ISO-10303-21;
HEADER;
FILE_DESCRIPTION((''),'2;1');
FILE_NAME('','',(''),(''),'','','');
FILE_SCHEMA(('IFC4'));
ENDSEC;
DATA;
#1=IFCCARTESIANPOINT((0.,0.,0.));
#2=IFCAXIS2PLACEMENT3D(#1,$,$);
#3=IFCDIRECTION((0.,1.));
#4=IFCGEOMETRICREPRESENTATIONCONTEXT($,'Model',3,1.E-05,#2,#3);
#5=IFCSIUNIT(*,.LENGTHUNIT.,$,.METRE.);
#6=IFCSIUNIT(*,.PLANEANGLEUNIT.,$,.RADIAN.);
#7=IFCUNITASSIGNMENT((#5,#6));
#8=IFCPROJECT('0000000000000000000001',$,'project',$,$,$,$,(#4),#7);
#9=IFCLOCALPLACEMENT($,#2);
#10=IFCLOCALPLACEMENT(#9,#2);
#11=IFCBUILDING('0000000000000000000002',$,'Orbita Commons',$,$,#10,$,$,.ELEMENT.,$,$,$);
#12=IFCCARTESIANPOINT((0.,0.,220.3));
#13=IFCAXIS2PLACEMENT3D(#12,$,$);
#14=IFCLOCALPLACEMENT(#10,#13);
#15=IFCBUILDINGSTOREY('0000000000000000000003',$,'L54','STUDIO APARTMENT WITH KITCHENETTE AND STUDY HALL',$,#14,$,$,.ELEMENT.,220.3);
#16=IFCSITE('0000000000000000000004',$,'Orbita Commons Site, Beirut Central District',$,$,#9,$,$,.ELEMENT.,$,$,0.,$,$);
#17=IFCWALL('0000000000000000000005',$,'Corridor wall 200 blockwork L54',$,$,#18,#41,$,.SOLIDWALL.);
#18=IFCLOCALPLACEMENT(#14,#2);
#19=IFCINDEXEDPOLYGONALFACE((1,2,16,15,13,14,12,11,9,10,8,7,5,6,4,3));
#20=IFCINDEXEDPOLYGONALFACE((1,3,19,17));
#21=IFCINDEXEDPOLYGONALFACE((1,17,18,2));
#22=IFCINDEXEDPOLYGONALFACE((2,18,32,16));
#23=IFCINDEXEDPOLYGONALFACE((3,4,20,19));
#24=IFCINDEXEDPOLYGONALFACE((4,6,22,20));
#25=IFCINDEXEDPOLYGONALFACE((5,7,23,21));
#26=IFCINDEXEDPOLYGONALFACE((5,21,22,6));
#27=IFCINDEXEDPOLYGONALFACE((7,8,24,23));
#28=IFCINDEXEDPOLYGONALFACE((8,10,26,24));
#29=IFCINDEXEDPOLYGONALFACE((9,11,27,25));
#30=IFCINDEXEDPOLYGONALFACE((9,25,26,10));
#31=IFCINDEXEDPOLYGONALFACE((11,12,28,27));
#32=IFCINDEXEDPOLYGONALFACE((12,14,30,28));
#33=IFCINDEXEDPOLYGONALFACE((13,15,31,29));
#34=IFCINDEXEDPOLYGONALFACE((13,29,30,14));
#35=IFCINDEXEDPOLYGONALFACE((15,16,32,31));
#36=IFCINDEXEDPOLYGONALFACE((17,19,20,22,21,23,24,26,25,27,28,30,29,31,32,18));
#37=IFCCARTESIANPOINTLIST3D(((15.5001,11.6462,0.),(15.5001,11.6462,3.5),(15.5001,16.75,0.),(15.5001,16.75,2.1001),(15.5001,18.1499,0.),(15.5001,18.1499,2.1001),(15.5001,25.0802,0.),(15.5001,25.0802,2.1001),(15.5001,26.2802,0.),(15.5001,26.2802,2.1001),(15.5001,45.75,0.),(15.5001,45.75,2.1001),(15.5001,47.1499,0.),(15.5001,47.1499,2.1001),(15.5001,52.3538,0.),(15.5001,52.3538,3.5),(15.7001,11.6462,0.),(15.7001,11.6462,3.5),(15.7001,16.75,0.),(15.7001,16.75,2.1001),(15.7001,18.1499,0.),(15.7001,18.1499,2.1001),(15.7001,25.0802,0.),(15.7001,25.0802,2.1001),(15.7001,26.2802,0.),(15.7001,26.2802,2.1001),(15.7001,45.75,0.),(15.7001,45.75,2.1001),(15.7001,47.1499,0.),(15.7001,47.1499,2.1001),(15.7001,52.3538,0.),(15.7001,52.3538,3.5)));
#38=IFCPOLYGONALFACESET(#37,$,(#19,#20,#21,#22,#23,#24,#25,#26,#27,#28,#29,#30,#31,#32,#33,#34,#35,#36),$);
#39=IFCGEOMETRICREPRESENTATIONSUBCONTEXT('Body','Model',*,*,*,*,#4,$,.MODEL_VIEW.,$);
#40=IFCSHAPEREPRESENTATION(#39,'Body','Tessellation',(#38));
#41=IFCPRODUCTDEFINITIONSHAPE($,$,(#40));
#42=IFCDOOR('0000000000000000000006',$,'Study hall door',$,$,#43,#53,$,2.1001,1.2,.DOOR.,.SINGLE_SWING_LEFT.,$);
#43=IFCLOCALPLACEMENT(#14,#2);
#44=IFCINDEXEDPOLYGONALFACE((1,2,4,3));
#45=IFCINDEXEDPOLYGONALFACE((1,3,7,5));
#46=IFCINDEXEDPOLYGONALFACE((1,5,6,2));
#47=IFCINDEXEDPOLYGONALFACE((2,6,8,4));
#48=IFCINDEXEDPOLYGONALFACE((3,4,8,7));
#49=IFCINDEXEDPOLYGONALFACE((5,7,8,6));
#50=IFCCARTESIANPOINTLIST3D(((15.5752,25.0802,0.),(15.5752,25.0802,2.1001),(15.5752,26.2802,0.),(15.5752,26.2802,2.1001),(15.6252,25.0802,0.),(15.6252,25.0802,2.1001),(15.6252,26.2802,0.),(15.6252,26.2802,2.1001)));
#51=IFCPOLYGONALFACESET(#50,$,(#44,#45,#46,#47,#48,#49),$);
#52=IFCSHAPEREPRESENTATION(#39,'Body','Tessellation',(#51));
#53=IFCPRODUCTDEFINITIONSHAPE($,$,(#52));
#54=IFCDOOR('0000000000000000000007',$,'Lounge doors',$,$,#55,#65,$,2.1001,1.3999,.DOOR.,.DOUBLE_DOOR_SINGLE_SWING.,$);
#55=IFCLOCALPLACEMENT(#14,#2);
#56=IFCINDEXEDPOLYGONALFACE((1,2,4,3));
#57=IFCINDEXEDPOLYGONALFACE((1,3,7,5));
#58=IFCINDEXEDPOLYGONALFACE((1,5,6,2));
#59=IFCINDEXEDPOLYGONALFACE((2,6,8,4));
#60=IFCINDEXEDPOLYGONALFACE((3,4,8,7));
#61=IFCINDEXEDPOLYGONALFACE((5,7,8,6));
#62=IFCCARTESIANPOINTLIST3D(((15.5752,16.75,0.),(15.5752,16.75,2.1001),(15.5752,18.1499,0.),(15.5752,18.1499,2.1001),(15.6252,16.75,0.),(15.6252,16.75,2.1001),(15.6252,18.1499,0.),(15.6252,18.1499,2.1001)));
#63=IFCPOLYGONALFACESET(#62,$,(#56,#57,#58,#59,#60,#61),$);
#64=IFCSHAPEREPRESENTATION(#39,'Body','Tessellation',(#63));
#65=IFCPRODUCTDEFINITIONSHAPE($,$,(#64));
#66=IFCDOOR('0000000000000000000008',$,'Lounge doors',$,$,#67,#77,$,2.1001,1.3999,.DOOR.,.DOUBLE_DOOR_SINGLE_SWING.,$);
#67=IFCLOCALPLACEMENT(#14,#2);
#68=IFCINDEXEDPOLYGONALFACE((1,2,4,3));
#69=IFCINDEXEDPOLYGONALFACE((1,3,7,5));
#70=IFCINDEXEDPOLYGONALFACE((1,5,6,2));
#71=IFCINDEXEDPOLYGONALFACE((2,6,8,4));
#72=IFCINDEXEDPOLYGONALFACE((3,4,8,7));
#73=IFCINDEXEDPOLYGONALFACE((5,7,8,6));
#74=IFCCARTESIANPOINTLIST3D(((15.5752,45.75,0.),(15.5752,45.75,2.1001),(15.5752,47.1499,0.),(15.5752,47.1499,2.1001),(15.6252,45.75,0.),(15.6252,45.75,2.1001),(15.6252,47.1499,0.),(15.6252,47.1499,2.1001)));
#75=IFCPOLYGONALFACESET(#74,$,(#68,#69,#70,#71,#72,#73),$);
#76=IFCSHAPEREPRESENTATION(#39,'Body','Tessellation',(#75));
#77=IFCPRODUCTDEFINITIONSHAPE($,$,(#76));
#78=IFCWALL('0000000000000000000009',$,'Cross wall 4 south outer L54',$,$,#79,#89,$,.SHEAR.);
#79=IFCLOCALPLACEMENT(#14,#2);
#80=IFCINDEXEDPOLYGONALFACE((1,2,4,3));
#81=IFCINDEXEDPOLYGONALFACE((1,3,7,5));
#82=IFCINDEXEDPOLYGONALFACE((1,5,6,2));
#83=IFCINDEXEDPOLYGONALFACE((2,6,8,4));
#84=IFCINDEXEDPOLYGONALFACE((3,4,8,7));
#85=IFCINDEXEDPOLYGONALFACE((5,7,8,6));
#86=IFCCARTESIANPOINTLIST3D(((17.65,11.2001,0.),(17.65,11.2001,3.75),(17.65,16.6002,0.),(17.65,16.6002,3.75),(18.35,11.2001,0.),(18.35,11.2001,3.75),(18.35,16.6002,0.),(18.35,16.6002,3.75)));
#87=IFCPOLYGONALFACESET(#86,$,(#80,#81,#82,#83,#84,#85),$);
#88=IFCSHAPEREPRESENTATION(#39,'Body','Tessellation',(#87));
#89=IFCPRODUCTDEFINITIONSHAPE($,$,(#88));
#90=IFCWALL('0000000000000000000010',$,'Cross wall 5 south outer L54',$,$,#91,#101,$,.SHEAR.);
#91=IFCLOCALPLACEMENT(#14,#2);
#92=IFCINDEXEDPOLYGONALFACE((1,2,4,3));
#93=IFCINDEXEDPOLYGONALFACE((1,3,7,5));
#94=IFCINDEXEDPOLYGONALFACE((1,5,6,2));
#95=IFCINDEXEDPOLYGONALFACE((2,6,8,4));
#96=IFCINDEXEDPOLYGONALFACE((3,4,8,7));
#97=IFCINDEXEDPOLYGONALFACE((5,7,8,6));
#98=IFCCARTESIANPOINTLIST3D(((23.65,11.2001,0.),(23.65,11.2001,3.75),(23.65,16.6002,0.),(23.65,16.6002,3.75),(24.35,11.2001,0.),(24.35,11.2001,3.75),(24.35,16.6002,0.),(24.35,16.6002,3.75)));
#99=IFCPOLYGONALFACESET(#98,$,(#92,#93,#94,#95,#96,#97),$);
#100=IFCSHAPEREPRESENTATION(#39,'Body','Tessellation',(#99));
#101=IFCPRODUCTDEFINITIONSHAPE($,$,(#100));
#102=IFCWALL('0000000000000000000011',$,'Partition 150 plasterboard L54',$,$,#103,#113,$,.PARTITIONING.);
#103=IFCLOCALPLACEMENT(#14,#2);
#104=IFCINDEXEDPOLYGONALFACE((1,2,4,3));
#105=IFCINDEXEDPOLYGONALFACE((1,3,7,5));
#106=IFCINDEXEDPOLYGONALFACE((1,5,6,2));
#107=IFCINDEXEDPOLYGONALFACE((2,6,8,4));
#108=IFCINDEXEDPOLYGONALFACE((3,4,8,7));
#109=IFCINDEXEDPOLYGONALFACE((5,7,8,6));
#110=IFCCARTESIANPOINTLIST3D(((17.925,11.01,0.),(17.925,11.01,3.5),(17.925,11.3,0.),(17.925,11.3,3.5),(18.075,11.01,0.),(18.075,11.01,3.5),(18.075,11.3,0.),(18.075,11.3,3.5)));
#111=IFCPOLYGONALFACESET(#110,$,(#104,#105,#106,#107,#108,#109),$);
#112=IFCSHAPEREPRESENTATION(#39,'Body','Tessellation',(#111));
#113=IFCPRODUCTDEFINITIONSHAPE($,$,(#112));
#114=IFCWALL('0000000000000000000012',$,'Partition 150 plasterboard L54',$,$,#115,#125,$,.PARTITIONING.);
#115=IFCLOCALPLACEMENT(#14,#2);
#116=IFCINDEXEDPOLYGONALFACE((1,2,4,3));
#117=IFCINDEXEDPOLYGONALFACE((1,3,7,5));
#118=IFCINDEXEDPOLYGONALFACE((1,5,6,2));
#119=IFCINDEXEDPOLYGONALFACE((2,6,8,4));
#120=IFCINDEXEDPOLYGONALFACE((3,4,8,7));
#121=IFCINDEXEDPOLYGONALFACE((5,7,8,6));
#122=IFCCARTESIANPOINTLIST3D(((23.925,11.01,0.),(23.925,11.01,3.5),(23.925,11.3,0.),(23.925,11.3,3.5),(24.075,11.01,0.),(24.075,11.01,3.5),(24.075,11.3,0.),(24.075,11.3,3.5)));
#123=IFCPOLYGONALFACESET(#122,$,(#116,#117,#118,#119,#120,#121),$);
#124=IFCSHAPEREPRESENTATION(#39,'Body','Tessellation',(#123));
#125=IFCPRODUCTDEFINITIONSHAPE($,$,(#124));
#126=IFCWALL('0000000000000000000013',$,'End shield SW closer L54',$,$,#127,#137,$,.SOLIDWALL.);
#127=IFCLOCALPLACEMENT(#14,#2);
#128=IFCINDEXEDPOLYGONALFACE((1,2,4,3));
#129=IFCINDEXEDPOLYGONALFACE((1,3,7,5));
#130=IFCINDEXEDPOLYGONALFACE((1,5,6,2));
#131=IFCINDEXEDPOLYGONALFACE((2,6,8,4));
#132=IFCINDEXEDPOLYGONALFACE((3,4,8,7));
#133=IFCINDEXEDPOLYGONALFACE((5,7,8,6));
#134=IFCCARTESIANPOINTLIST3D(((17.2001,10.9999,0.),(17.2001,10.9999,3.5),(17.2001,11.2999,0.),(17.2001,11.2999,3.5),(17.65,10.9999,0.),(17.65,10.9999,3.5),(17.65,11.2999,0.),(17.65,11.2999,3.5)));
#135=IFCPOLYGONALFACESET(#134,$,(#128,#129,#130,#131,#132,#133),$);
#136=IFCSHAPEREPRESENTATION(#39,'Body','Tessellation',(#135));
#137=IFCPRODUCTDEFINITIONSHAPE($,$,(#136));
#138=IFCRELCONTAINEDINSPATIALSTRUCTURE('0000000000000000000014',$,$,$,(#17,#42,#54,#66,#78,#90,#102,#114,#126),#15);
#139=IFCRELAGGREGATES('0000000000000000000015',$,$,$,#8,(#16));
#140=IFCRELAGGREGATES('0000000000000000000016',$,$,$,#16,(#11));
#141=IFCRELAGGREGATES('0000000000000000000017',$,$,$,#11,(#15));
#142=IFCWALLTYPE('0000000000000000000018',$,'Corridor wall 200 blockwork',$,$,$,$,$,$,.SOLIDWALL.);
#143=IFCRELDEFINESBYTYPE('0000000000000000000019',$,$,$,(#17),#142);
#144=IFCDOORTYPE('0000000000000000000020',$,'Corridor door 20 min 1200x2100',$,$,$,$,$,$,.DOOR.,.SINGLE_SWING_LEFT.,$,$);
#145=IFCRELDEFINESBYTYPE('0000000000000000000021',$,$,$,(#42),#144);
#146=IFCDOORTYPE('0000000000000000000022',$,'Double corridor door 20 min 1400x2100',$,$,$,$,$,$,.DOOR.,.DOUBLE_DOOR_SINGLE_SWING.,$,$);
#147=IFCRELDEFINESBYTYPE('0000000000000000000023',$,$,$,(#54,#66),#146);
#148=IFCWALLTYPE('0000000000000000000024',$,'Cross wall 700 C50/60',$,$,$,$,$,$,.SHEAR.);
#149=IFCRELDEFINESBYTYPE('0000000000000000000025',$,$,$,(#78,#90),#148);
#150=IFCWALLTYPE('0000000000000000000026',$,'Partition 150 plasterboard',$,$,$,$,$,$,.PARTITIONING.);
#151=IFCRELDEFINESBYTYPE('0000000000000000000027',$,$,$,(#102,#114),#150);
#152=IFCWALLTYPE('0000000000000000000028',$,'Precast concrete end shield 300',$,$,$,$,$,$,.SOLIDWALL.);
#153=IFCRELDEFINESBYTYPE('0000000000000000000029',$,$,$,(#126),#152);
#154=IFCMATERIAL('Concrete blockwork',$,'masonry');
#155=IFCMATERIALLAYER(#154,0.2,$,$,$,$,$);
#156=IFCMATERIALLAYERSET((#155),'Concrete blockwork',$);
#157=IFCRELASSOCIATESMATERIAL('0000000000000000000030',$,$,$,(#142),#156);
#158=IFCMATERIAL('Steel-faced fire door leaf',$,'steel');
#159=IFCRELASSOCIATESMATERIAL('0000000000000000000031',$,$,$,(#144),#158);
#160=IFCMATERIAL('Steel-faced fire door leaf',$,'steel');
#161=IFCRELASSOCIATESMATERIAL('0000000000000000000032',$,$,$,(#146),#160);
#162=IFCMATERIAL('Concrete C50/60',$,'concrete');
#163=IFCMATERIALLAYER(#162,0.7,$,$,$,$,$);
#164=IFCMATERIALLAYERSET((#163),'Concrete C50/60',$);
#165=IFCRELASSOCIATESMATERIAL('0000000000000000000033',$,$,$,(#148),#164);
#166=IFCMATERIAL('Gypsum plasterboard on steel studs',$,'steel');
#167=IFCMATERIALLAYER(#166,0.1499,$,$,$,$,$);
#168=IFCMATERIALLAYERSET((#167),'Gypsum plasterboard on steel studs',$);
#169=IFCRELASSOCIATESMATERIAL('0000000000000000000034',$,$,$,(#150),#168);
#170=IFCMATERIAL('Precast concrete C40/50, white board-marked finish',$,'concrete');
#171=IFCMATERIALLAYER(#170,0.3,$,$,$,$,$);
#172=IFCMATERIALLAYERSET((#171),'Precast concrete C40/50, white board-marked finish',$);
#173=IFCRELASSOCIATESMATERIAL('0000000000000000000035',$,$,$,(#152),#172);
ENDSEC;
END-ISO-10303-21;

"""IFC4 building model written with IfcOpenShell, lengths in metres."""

from ifc_helpers import new_model, si_unit, direction, frame, frame_2d, origin, place, context, subcontext, project, spatial, rectangle, extrude, material, layer, layer_set, type_object, element, fill, save


model = new_model("IFC4")

# Units and contexts
model_context = context("Model", 3, precision=1e-05, world=origin(), true_north=direction((0.0, 1.0)))
body_context = subcontext(model_context, "Body", "Model", "MODEL_VIEW")
ifc_project = project(units=[si_unit("LENGTHUNIT", "METRE"), si_unit("PLANEANGLEUNIT", "RADIAN")], contexts=[model_context])

# Site, building, storey
site_placement = place(None, origin())
site = spatial("IfcSite", under=ifc_project, at=site_placement, Name="Orbita Commons Site, Beirut Central District", CompositionType="ELEMENT", RefElevation=0.0)
building_placement = place(site_placement, origin())
building = spatial("IfcBuilding", under=site, at=building_placement, Name="Orbita Commons", CompositionType="ELEMENT")
storey_placement = place(building_placement, frame((0.0, 0.0, 220.3)))
storey = spatial("IfcBuildingStorey", under=building, at=storey_placement, Name="L54", Description="STUDIO APARTMENT WITH KITCHENETTE AND STUDY HALL", CompositionType="ELEMENT", Elevation=220.3)

# Wall, openings, doors
ifc_material_1 = material(Name="Concrete blockwork", Category="masonry")
ifc_layer_1 = layer(ifc_material_1, 0.2)
ifc_layer_set_1 = layer_set([ifc_layer_1], Name="Concrete blockwork")
wall_type_1 = type_object("IfcWallType", Name="Corridor wall 200 blockwork", PredefinedType="SOLIDWALL", material=ifc_layer_set_1)
wall_1_placement = place(storey_placement, frame((15.6001, 11.6462, 0.0), z_axis=(0.0, 0.0, 1.0), x_axis=(0.0, 1.0, 0.0)))
wall_1 = element("IfcWall", 1, at=wall_1_placement, inside=storey, type_object=wall_type_1, Name="Corridor wall 200 blockwork L54", PredefinedType="SOLIDWALL", context=body_context, shape_type="SweptSolid", body=[
    extrude(rectangle(XDim=40.7075, YDim=0.2, at=frame_2d((20.3538, 0.0))), origin(), (0.0, 0.0, 1.0), 3.5),
])
opening_1_placement = place(wall_1_placement, frame((13.4338, 0.0, 0.0)))
opening_1 = element("IfcOpeningElement", 2, at=opening_1_placement, cuts=wall_1, PredefinedType="OPENING", context=body_context, shape_type="SweptSolid", body=[
    extrude(rectangle(XDim=1.2, YDim=2.1001, at=frame_2d((0.6001, 1.05))), frame((0.0, 0.1099, 0.0), z_axis=(0.0, -1.0, 0.0), x_axis=(1.0, 0.0, 0.0)), (0.0, 0.0, 1.0), 0.22),
])
opening_2_placement = place(wall_1_placement, frame((5.1038, 0.0, 0.0)))
opening_2 = element("IfcOpeningElement", 3, at=opening_2_placement, cuts=wall_1, PredefinedType="OPENING", context=body_context, shape_type="SweptSolid", body=[
    extrude(rectangle(XDim=1.3999, YDim=2.1001, at=frame_2d((0.7, 1.05))), frame((0.0, 0.1099, 0.0), z_axis=(0.0, -1.0, 0.0), x_axis=(1.0, 0.0, 0.0)), (0.0, 0.0, 1.0), 0.22),
])
opening_3_placement = place(wall_1_placement, frame((34.1038, 0.0, 0.0)))
opening_3 = element("IfcOpeningElement", 4, at=opening_3_placement, cuts=wall_1, PredefinedType="OPENING", context=body_context, shape_type="SweptSolid", body=[
    extrude(rectangle(XDim=1.3999, YDim=2.1001, at=frame_2d((0.7, 1.05))), frame((0.0, 0.1099, 0.0), z_axis=(0.0, -1.0, 0.0), x_axis=(1.0, 0.0, 0.0)), (0.0, 0.0, 1.0), 0.22),
])
ifc_material_2 = material(Name="Steel-faced fire door leaf", Category="steel")
door_type_1 = type_object("IfcDoorType", Name="Corridor door 20 min 1200x2100", OperationType="SINGLE_SWING_LEFT", PredefinedType="DOOR", material=ifc_material_2)
door_1_placement = place(opening_1_placement, origin())
door_1 = element("IfcDoor", 5, at=door_1_placement, inside=storey, type_object=door_type_1, Name="Study hall door", OperationType="SINGLE_SWING_LEFT", OverallHeight=2.1001, OverallWidth=1.2, PredefinedType="DOOR", context=body_context, shape_type="SweptSolid", body=[
    extrude(rectangle(XDim=1.2, YDim=2.1001, at=frame_2d((0.6001, 1.05))), frame((0.0, 0.0249, 0.0), z_axis=(0.0, -1.0, 0.0), x_axis=(1.0, 0.0, 0.0)), (0.0, 0.0, 1.0), 0.05),
])
fill(opening_1, door_1)
ifc_material_3 = material(Name="Steel-faced fire door leaf", Category="steel")
door_type_2 = type_object("IfcDoorType", Name="Double corridor door 20 min 1400x2100", OperationType="DOUBLE_DOOR_SINGLE_SWING", PredefinedType="DOOR", material=ifc_material_3)
door_2_placement = place(opening_2_placement, origin())
door_2 = element("IfcDoor", 6, at=door_2_placement, inside=storey, type_object=door_type_2, Name="Lounge doors", OperationType="DOUBLE_DOOR_SINGLE_SWING", OverallHeight=2.1001, OverallWidth=1.3999, PredefinedType="DOOR", context=body_context, shape_type="SweptSolid", body=[
    extrude(rectangle(XDim=1.3999, YDim=2.1001, at=frame_2d((0.7, 1.05))), frame((0.0, 0.0249, 0.0), z_axis=(0.0, -1.0, 0.0), x_axis=(1.0, 0.0, 0.0)), (0.0, 0.0, 1.0), 0.05),
])
fill(opening_2, door_2)
door_3_placement = place(opening_3_placement, origin())
door_3 = element("IfcDoor", 7, at=door_3_placement, inside=storey, type_object=door_type_2, Name="Lounge doors", OperationType="DOUBLE_DOOR_SINGLE_SWING", OverallHeight=2.1001, OverallWidth=1.3999, PredefinedType="DOOR", context=body_context, shape_type="SweptSolid", body=[
    extrude(rectangle(XDim=1.3999, YDim=2.1001, at=frame_2d((0.7, 1.05))), frame((0.0, 0.0249, 0.0), z_axis=(0.0, -1.0, 0.0), x_axis=(1.0, 0.0, 0.0)), (0.0, 0.0, 1.0), 0.05),
])
fill(opening_3, door_3)

# Walls
ifc_material_4 = material(Name="Concrete C50/60", Category="concrete")
ifc_layer_2 = layer(ifc_material_4, 0.7)
ifc_layer_set_2 = layer_set([ifc_layer_2], Name="Concrete C50/60")
wall_type_2 = type_object("IfcWallType", Name="Cross wall 700 C50/60", PredefinedType="SHEAR", material=ifc_layer_set_2)
for number, where, z_axis, x_axis, name in (
    (8, (18.0, 11.2, 0.0), (0.0, 0.0, 1.0), (0.0, 1.0, 0.0), "Cross wall 4 south outer L54"),
    (9, (24.0, 11.2, 0.0), (0.0, 0.0, 1.0), (0.0, 1.0, 0.0), "Cross wall 5 south outer L54"),
):
    element("IfcWall", number, at=place(storey_placement, frame(where, z_axis=z_axis, x_axis=x_axis)), inside=storey, type_object=wall_type_2, Name=name, PredefinedType="SHEAR", context=body_context, shape_type="SweptSolid", body=[
        extrude(rectangle(XDim=5.4001, YDim=0.7, at=frame_2d((2.7002, 0.0))), origin(), (0.0, 0.0, 1.0), 3.75),
    ])
ifc_material_5 = material(Name="Gypsum plasterboard on steel studs", Category="steel")
ifc_layer_3 = layer(ifc_material_5, 0.1499)
ifc_layer_set_3 = layer_set([ifc_layer_3], Name="Gypsum plasterboard on steel studs")
wall_type_3 = type_object("IfcWallType", Name="Partition 150 plasterboard", PredefinedType="PARTITIONING", material=ifc_layer_set_3)
for number, where, z_axis, x_axis, name in (
    (10, (18.0, 11.3, 0.0), (0.0, 0.0, 1.0), (0.0, -1.0, 0.0), "Partition 150 plasterboard L54"),
    (11, (24.0, 11.3, 0.0), (0.0, 0.0, 1.0), (0.0, -1.0, 0.0), "Partition 150 plasterboard L54"),
):
    element("IfcWall", number, at=place(storey_placement, frame(where, z_axis=z_axis, x_axis=x_axis)), inside=storey, type_object=wall_type_3, Name=name, PredefinedType="PARTITIONING", context=body_context, shape_type="SweptSolid", body=[
        extrude(rectangle(XDim=0.29, YDim=0.1499, at=frame_2d((0.145, 0.0))), origin(), (0.0, 0.0, 1.0), 3.5),
    ])
ifc_material_6 = material(Name="Precast concrete C40/50, white board-marked finish", Category="concrete")
ifc_layer_4 = layer(ifc_material_6, 0.3)
ifc_layer_set_4 = layer_set([ifc_layer_4], Name="Precast concrete C40/50, white board-marked finish")
wall_type_4 = type_object("IfcWallType", Name="Precast concrete end shield 300", PredefinedType="SOLIDWALL", material=ifc_layer_set_4)
wall_2_placement = place(storey_placement, frame((17.2, 11.1499, 0.0), z_axis=(0.0, 0.0, 1.0), x_axis=(1.0, 0.0, 0.0)))
element("IfcWall", 12, at=wall_2_placement, inside=storey, type_object=wall_type_4, Name="End shield SW closer L54", PredefinedType="SOLIDWALL", context=body_context, shape_type="SweptSolid", body=[
    extrude(rectangle(XDim=0.45, YDim=0.3, at=frame_2d((0.2251, 0.0))), origin(), (0.0, 0.0, 1.0), 3.5),
])

save(model, "model.ifc")
